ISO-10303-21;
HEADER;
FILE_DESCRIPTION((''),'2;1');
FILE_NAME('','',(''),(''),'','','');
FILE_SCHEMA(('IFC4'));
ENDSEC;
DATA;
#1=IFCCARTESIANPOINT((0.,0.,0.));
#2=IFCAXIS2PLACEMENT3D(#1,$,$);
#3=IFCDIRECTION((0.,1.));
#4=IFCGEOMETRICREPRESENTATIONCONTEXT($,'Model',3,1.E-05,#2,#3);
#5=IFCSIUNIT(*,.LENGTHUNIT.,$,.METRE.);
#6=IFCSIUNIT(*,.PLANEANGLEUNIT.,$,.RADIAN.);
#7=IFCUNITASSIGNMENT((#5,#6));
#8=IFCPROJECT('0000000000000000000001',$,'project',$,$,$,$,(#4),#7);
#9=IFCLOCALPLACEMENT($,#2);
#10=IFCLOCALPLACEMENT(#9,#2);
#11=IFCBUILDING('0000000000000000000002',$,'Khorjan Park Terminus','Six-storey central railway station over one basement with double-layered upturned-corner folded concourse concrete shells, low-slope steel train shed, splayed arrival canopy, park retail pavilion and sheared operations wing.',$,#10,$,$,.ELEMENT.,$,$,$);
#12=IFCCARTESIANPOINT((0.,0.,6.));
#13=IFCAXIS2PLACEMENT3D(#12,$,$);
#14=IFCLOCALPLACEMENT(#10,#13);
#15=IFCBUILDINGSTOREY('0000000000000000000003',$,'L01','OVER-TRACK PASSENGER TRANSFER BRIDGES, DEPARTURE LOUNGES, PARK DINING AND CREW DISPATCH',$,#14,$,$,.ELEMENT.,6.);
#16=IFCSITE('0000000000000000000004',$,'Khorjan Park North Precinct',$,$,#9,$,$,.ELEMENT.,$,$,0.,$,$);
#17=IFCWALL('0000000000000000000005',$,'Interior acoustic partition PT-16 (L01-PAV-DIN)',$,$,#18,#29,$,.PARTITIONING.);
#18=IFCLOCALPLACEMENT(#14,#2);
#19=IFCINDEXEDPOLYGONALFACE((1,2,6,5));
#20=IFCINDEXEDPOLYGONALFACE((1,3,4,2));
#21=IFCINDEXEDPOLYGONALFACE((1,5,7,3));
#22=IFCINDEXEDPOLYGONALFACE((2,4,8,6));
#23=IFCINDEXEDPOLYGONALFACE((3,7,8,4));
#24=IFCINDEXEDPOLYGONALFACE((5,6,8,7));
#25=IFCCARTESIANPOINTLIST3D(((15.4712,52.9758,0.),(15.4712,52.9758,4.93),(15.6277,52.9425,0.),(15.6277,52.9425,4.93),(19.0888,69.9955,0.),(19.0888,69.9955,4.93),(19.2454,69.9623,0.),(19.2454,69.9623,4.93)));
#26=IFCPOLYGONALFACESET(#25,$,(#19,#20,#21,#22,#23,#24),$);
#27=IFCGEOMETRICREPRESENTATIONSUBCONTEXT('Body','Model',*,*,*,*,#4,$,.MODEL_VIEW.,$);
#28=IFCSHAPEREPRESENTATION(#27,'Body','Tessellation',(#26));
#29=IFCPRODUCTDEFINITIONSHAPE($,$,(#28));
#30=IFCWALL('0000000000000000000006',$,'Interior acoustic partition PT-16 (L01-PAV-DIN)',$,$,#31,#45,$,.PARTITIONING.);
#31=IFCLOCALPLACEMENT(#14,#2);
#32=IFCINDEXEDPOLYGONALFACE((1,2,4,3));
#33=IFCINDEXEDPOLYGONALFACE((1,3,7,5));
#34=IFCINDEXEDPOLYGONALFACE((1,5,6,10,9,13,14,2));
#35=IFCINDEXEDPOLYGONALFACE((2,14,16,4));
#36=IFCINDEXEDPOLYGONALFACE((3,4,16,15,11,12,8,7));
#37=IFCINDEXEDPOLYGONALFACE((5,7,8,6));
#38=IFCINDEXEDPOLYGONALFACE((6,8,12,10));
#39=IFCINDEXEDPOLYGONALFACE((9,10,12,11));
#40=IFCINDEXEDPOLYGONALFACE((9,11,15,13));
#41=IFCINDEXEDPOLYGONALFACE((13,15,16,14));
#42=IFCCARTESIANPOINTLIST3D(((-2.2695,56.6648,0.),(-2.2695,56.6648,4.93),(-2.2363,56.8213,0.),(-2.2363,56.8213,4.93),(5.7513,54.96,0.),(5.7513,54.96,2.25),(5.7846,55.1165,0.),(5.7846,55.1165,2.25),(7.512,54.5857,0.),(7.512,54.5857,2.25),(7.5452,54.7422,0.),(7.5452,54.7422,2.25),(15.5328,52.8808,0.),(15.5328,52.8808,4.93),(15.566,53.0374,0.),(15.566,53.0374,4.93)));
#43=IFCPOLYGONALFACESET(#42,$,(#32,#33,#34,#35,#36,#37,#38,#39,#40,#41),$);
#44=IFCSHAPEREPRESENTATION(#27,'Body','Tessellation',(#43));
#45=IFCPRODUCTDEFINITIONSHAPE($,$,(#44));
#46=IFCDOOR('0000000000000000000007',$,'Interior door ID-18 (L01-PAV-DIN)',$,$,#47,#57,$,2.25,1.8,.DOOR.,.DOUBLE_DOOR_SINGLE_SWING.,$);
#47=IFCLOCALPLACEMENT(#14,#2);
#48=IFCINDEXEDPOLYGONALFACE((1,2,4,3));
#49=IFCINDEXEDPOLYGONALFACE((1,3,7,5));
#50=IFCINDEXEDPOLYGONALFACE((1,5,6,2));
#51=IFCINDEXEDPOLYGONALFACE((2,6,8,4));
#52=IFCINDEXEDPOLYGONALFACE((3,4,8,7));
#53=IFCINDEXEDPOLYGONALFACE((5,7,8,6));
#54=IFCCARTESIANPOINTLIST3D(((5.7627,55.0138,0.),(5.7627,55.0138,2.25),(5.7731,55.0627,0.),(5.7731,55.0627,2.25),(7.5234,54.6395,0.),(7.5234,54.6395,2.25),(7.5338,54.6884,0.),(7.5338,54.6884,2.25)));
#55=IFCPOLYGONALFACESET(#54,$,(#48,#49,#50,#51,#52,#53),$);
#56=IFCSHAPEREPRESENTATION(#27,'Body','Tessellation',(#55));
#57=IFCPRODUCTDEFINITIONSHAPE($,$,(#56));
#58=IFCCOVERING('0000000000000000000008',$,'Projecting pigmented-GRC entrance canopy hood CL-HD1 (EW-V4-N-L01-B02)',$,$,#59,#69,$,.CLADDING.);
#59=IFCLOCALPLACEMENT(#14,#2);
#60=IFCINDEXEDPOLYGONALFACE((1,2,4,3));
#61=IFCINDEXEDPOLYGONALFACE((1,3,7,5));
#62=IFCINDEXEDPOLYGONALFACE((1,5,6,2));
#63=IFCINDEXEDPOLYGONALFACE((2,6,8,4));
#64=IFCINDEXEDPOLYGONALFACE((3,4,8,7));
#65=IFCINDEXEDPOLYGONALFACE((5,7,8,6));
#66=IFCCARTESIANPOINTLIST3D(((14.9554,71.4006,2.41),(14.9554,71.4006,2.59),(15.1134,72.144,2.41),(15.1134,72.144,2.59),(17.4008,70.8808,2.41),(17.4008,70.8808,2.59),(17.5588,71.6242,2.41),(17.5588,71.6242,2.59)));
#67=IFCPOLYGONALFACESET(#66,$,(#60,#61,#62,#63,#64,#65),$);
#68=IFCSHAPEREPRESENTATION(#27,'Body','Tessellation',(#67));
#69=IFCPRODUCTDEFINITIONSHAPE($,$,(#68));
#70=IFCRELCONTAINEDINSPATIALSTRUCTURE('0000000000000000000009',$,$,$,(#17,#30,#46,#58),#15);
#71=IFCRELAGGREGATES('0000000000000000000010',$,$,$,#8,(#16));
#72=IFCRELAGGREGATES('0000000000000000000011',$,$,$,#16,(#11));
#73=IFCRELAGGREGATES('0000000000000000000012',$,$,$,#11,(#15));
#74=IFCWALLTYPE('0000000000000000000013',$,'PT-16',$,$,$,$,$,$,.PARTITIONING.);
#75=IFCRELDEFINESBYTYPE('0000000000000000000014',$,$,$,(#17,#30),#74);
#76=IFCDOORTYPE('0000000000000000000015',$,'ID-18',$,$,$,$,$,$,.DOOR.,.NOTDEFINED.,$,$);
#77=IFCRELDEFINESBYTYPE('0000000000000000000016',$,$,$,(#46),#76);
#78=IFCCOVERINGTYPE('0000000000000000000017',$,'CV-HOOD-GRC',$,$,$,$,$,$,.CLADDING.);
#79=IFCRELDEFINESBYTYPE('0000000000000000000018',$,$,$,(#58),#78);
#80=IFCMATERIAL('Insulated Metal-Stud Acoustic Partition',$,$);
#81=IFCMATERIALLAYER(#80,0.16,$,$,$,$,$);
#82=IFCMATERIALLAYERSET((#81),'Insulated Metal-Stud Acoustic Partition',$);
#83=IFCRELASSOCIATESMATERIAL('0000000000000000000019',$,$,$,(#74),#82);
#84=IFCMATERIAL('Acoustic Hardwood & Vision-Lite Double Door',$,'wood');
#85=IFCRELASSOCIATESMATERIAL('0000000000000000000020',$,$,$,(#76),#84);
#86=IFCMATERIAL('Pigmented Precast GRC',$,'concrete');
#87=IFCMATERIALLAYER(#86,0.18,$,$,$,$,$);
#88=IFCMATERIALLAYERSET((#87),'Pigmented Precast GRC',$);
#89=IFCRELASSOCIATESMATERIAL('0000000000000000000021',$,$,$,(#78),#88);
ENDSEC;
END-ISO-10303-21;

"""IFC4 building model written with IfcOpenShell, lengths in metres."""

from ifc_helpers import new_model, si_unit, direction, frame, frame_2d, origin, origin_2d, place, context, subcontext, project, spatial, rectangle, extrude, material, layer, layer_set, type_object, element, fill, save


model = new_model("IFC4")

# Units and contexts
model_context = context("Model", 3, precision=1e-05, world=origin(), true_north=direction((0.0, 1.0)))
body_context = subcontext(model_context, "Body", "Model", "MODEL_VIEW")
ifc_project = project(units=[si_unit("LENGTHUNIT", "METRE"), si_unit("PLANEANGLEUNIT", "RADIAN")], contexts=[model_context])

# Site, building, storey
site_placement = place(None, origin())
site = spatial("IfcSite", under=ifc_project, at=site_placement, Name="Khorjan Park North Precinct", CompositionType="ELEMENT", RefElevation=0.0)
building_placement = place(site_placement, origin())
building = spatial("IfcBuilding", under=site, at=building_placement, Name="Khorjan Park Terminus", Description="Six-storey central railway station over one basement with double-layered upturned-corner folded concourse concrete shells, low-slope steel train shed, splayed arrival canopy, park retail pavilion and sheared operations wing.", CompositionType="ELEMENT")
storey_placement = place(building_placement, frame((0.0, 0.0, 6.0)))
storey = spatial("IfcBuildingStorey", under=building, at=storey_placement, Name="L01", Description="OVER-TRACK PASSENGER TRANSFER BRIDGES, DEPARTURE LOUNGES, PARK DINING AND CREW DISPATCH", CompositionType="ELEMENT", Elevation=6.0)

# Wall
ifc_material_1 = material(Name="Insulated Metal-Stud Acoustic Partition")
ifc_layer_1 = layer(ifc_material_1, 0.16)
ifc_layer_set_1 = layer_set([ifc_layer_1], Name="Insulated Metal-Stud Acoustic Partition")
wall_type = type_object("IfcWallType", Name="PT-16", PredefinedType="PARTITIONING", material=ifc_layer_set_1)
wall_1_placement = place(storey_placement, frame((19.1671, 69.9789, 0.0), z_axis=(0.0, 0.0, 1.0), x_axis=(-0.207913, -0.978147, 0.0)))
element("IfcWall", 1, at=wall_1_placement, inside=storey, type_object=wall_type, Name="Interior acoustic partition PT-16 (L01-PAV-DIN)", PredefinedType="PARTITIONING", context=body_context, shape_type="SweptSolid", body=[
    extrude(rectangle(XDim=17.4, YDim=0.16, at=frame_2d((8.7, 0.0))), origin(), (0.0, 0.0, 1.0), 4.93),
])

# Wall, opening, door
wall_2_placement = place(storey_placement, frame((15.5494, 52.9591, 0.0), z_axis=(0.0, 0.0, 1.0), x_axis=(-0.978148, 0.207912, 0.0)))
wall_2 = element("IfcWall", 2, at=wall_2_placement, inside=storey, type_object=wall_type, Name="Interior acoustic partition PT-16 (L01-PAV-DIN)", PredefinedType="PARTITIONING", context=body_context, shape_type="SweptSolid", body=[
    extrude(rectangle(XDim=18.2, YDim=0.16, at=frame_2d((9.1, 0.0))), origin(), (0.0, 0.0, 1.0), 4.93),
])
opening_placement = place(wall_2_placement, frame((8.2, 0.0, 0.0)))
opening = element("IfcOpeningElement", 3, at=opening_placement, cuts=wall_2, PredefinedType="OPENING", context=body_context, shape_type="SweptSolid", body=[
    extrude(rectangle(XDim=1.8, YDim=2.25, at=frame_2d((0.9, 1.125))), frame((0.0, 0.09, 0.0), z_axis=(0.0, -1.0, 0.0), x_axis=(1.0, 0.0, 0.0)), (0.0, 0.0, 1.0), 0.18),
])
ifc_material_2 = material(Name="Acoustic Hardwood & Vision-Lite Double Door", Category="wood")
door_type = type_object("IfcDoorType", Name="ID-18", OperationType="NOTDEFINED", PredefinedType="DOOR", material=ifc_material_2)
door_placement = place(opening_placement, origin())
door = element("IfcDoor", 4, at=door_placement, inside=storey, type_object=door_type, Name="Interior door ID-18 (L01-PAV-DIN)", OperationType="DOUBLE_DOOR_SINGLE_SWING", OverallHeight=2.25, OverallWidth=1.8, PredefinedType="DOOR", context=body_context, shape_type="SweptSolid", body=[
    extrude(rectangle(XDim=1.8, YDim=2.25, at=frame_2d((0.9, 1.125))), frame((0.0, 0.025, 0.0), z_axis=(0.0, -1.0, 0.0), x_axis=(1.0, 0.0, 0.0)), (0.0, 0.0, 1.0), 0.05),
])
fill(opening, door)

# Covering
ifc_material_3 = material(Name="Pigmented Precast GRC", Category="concrete")
ifc_layer_2 = layer(ifc_material_3, 0.18)
ifc_layer_set_2 = layer_set([ifc_layer_2], Name="Pigmented Precast GRC")
covering_type = type_object("IfcCoveringType", Name="CV-HOOD-GRC", PredefinedType="CLADDING", material=ifc_layer_set_2)
covering_placement = place(storey_placement, frame((16.2571, 71.5124, 2.41), z_axis=(0.0, 0.0, 1.0), x_axis=(-0.978147, 0.207914, 0.0)))
element("IfcCovering", 5, at=covering_placement, inside=storey, type_object=covering_type, Name="Projecting pigmented-GRC entrance canopy hood CL-HD1 (EW-V4-N-L01-B02)", PredefinedType="CLADDING", context=body_context, shape_type="SweptSolid", body=[
    extrude(rectangle(XDim=2.5, YDim=0.76, at=origin_2d()), origin(), (0.0, 0.0, 1.0), 0.18),
])

save(model, "model.ifc")
